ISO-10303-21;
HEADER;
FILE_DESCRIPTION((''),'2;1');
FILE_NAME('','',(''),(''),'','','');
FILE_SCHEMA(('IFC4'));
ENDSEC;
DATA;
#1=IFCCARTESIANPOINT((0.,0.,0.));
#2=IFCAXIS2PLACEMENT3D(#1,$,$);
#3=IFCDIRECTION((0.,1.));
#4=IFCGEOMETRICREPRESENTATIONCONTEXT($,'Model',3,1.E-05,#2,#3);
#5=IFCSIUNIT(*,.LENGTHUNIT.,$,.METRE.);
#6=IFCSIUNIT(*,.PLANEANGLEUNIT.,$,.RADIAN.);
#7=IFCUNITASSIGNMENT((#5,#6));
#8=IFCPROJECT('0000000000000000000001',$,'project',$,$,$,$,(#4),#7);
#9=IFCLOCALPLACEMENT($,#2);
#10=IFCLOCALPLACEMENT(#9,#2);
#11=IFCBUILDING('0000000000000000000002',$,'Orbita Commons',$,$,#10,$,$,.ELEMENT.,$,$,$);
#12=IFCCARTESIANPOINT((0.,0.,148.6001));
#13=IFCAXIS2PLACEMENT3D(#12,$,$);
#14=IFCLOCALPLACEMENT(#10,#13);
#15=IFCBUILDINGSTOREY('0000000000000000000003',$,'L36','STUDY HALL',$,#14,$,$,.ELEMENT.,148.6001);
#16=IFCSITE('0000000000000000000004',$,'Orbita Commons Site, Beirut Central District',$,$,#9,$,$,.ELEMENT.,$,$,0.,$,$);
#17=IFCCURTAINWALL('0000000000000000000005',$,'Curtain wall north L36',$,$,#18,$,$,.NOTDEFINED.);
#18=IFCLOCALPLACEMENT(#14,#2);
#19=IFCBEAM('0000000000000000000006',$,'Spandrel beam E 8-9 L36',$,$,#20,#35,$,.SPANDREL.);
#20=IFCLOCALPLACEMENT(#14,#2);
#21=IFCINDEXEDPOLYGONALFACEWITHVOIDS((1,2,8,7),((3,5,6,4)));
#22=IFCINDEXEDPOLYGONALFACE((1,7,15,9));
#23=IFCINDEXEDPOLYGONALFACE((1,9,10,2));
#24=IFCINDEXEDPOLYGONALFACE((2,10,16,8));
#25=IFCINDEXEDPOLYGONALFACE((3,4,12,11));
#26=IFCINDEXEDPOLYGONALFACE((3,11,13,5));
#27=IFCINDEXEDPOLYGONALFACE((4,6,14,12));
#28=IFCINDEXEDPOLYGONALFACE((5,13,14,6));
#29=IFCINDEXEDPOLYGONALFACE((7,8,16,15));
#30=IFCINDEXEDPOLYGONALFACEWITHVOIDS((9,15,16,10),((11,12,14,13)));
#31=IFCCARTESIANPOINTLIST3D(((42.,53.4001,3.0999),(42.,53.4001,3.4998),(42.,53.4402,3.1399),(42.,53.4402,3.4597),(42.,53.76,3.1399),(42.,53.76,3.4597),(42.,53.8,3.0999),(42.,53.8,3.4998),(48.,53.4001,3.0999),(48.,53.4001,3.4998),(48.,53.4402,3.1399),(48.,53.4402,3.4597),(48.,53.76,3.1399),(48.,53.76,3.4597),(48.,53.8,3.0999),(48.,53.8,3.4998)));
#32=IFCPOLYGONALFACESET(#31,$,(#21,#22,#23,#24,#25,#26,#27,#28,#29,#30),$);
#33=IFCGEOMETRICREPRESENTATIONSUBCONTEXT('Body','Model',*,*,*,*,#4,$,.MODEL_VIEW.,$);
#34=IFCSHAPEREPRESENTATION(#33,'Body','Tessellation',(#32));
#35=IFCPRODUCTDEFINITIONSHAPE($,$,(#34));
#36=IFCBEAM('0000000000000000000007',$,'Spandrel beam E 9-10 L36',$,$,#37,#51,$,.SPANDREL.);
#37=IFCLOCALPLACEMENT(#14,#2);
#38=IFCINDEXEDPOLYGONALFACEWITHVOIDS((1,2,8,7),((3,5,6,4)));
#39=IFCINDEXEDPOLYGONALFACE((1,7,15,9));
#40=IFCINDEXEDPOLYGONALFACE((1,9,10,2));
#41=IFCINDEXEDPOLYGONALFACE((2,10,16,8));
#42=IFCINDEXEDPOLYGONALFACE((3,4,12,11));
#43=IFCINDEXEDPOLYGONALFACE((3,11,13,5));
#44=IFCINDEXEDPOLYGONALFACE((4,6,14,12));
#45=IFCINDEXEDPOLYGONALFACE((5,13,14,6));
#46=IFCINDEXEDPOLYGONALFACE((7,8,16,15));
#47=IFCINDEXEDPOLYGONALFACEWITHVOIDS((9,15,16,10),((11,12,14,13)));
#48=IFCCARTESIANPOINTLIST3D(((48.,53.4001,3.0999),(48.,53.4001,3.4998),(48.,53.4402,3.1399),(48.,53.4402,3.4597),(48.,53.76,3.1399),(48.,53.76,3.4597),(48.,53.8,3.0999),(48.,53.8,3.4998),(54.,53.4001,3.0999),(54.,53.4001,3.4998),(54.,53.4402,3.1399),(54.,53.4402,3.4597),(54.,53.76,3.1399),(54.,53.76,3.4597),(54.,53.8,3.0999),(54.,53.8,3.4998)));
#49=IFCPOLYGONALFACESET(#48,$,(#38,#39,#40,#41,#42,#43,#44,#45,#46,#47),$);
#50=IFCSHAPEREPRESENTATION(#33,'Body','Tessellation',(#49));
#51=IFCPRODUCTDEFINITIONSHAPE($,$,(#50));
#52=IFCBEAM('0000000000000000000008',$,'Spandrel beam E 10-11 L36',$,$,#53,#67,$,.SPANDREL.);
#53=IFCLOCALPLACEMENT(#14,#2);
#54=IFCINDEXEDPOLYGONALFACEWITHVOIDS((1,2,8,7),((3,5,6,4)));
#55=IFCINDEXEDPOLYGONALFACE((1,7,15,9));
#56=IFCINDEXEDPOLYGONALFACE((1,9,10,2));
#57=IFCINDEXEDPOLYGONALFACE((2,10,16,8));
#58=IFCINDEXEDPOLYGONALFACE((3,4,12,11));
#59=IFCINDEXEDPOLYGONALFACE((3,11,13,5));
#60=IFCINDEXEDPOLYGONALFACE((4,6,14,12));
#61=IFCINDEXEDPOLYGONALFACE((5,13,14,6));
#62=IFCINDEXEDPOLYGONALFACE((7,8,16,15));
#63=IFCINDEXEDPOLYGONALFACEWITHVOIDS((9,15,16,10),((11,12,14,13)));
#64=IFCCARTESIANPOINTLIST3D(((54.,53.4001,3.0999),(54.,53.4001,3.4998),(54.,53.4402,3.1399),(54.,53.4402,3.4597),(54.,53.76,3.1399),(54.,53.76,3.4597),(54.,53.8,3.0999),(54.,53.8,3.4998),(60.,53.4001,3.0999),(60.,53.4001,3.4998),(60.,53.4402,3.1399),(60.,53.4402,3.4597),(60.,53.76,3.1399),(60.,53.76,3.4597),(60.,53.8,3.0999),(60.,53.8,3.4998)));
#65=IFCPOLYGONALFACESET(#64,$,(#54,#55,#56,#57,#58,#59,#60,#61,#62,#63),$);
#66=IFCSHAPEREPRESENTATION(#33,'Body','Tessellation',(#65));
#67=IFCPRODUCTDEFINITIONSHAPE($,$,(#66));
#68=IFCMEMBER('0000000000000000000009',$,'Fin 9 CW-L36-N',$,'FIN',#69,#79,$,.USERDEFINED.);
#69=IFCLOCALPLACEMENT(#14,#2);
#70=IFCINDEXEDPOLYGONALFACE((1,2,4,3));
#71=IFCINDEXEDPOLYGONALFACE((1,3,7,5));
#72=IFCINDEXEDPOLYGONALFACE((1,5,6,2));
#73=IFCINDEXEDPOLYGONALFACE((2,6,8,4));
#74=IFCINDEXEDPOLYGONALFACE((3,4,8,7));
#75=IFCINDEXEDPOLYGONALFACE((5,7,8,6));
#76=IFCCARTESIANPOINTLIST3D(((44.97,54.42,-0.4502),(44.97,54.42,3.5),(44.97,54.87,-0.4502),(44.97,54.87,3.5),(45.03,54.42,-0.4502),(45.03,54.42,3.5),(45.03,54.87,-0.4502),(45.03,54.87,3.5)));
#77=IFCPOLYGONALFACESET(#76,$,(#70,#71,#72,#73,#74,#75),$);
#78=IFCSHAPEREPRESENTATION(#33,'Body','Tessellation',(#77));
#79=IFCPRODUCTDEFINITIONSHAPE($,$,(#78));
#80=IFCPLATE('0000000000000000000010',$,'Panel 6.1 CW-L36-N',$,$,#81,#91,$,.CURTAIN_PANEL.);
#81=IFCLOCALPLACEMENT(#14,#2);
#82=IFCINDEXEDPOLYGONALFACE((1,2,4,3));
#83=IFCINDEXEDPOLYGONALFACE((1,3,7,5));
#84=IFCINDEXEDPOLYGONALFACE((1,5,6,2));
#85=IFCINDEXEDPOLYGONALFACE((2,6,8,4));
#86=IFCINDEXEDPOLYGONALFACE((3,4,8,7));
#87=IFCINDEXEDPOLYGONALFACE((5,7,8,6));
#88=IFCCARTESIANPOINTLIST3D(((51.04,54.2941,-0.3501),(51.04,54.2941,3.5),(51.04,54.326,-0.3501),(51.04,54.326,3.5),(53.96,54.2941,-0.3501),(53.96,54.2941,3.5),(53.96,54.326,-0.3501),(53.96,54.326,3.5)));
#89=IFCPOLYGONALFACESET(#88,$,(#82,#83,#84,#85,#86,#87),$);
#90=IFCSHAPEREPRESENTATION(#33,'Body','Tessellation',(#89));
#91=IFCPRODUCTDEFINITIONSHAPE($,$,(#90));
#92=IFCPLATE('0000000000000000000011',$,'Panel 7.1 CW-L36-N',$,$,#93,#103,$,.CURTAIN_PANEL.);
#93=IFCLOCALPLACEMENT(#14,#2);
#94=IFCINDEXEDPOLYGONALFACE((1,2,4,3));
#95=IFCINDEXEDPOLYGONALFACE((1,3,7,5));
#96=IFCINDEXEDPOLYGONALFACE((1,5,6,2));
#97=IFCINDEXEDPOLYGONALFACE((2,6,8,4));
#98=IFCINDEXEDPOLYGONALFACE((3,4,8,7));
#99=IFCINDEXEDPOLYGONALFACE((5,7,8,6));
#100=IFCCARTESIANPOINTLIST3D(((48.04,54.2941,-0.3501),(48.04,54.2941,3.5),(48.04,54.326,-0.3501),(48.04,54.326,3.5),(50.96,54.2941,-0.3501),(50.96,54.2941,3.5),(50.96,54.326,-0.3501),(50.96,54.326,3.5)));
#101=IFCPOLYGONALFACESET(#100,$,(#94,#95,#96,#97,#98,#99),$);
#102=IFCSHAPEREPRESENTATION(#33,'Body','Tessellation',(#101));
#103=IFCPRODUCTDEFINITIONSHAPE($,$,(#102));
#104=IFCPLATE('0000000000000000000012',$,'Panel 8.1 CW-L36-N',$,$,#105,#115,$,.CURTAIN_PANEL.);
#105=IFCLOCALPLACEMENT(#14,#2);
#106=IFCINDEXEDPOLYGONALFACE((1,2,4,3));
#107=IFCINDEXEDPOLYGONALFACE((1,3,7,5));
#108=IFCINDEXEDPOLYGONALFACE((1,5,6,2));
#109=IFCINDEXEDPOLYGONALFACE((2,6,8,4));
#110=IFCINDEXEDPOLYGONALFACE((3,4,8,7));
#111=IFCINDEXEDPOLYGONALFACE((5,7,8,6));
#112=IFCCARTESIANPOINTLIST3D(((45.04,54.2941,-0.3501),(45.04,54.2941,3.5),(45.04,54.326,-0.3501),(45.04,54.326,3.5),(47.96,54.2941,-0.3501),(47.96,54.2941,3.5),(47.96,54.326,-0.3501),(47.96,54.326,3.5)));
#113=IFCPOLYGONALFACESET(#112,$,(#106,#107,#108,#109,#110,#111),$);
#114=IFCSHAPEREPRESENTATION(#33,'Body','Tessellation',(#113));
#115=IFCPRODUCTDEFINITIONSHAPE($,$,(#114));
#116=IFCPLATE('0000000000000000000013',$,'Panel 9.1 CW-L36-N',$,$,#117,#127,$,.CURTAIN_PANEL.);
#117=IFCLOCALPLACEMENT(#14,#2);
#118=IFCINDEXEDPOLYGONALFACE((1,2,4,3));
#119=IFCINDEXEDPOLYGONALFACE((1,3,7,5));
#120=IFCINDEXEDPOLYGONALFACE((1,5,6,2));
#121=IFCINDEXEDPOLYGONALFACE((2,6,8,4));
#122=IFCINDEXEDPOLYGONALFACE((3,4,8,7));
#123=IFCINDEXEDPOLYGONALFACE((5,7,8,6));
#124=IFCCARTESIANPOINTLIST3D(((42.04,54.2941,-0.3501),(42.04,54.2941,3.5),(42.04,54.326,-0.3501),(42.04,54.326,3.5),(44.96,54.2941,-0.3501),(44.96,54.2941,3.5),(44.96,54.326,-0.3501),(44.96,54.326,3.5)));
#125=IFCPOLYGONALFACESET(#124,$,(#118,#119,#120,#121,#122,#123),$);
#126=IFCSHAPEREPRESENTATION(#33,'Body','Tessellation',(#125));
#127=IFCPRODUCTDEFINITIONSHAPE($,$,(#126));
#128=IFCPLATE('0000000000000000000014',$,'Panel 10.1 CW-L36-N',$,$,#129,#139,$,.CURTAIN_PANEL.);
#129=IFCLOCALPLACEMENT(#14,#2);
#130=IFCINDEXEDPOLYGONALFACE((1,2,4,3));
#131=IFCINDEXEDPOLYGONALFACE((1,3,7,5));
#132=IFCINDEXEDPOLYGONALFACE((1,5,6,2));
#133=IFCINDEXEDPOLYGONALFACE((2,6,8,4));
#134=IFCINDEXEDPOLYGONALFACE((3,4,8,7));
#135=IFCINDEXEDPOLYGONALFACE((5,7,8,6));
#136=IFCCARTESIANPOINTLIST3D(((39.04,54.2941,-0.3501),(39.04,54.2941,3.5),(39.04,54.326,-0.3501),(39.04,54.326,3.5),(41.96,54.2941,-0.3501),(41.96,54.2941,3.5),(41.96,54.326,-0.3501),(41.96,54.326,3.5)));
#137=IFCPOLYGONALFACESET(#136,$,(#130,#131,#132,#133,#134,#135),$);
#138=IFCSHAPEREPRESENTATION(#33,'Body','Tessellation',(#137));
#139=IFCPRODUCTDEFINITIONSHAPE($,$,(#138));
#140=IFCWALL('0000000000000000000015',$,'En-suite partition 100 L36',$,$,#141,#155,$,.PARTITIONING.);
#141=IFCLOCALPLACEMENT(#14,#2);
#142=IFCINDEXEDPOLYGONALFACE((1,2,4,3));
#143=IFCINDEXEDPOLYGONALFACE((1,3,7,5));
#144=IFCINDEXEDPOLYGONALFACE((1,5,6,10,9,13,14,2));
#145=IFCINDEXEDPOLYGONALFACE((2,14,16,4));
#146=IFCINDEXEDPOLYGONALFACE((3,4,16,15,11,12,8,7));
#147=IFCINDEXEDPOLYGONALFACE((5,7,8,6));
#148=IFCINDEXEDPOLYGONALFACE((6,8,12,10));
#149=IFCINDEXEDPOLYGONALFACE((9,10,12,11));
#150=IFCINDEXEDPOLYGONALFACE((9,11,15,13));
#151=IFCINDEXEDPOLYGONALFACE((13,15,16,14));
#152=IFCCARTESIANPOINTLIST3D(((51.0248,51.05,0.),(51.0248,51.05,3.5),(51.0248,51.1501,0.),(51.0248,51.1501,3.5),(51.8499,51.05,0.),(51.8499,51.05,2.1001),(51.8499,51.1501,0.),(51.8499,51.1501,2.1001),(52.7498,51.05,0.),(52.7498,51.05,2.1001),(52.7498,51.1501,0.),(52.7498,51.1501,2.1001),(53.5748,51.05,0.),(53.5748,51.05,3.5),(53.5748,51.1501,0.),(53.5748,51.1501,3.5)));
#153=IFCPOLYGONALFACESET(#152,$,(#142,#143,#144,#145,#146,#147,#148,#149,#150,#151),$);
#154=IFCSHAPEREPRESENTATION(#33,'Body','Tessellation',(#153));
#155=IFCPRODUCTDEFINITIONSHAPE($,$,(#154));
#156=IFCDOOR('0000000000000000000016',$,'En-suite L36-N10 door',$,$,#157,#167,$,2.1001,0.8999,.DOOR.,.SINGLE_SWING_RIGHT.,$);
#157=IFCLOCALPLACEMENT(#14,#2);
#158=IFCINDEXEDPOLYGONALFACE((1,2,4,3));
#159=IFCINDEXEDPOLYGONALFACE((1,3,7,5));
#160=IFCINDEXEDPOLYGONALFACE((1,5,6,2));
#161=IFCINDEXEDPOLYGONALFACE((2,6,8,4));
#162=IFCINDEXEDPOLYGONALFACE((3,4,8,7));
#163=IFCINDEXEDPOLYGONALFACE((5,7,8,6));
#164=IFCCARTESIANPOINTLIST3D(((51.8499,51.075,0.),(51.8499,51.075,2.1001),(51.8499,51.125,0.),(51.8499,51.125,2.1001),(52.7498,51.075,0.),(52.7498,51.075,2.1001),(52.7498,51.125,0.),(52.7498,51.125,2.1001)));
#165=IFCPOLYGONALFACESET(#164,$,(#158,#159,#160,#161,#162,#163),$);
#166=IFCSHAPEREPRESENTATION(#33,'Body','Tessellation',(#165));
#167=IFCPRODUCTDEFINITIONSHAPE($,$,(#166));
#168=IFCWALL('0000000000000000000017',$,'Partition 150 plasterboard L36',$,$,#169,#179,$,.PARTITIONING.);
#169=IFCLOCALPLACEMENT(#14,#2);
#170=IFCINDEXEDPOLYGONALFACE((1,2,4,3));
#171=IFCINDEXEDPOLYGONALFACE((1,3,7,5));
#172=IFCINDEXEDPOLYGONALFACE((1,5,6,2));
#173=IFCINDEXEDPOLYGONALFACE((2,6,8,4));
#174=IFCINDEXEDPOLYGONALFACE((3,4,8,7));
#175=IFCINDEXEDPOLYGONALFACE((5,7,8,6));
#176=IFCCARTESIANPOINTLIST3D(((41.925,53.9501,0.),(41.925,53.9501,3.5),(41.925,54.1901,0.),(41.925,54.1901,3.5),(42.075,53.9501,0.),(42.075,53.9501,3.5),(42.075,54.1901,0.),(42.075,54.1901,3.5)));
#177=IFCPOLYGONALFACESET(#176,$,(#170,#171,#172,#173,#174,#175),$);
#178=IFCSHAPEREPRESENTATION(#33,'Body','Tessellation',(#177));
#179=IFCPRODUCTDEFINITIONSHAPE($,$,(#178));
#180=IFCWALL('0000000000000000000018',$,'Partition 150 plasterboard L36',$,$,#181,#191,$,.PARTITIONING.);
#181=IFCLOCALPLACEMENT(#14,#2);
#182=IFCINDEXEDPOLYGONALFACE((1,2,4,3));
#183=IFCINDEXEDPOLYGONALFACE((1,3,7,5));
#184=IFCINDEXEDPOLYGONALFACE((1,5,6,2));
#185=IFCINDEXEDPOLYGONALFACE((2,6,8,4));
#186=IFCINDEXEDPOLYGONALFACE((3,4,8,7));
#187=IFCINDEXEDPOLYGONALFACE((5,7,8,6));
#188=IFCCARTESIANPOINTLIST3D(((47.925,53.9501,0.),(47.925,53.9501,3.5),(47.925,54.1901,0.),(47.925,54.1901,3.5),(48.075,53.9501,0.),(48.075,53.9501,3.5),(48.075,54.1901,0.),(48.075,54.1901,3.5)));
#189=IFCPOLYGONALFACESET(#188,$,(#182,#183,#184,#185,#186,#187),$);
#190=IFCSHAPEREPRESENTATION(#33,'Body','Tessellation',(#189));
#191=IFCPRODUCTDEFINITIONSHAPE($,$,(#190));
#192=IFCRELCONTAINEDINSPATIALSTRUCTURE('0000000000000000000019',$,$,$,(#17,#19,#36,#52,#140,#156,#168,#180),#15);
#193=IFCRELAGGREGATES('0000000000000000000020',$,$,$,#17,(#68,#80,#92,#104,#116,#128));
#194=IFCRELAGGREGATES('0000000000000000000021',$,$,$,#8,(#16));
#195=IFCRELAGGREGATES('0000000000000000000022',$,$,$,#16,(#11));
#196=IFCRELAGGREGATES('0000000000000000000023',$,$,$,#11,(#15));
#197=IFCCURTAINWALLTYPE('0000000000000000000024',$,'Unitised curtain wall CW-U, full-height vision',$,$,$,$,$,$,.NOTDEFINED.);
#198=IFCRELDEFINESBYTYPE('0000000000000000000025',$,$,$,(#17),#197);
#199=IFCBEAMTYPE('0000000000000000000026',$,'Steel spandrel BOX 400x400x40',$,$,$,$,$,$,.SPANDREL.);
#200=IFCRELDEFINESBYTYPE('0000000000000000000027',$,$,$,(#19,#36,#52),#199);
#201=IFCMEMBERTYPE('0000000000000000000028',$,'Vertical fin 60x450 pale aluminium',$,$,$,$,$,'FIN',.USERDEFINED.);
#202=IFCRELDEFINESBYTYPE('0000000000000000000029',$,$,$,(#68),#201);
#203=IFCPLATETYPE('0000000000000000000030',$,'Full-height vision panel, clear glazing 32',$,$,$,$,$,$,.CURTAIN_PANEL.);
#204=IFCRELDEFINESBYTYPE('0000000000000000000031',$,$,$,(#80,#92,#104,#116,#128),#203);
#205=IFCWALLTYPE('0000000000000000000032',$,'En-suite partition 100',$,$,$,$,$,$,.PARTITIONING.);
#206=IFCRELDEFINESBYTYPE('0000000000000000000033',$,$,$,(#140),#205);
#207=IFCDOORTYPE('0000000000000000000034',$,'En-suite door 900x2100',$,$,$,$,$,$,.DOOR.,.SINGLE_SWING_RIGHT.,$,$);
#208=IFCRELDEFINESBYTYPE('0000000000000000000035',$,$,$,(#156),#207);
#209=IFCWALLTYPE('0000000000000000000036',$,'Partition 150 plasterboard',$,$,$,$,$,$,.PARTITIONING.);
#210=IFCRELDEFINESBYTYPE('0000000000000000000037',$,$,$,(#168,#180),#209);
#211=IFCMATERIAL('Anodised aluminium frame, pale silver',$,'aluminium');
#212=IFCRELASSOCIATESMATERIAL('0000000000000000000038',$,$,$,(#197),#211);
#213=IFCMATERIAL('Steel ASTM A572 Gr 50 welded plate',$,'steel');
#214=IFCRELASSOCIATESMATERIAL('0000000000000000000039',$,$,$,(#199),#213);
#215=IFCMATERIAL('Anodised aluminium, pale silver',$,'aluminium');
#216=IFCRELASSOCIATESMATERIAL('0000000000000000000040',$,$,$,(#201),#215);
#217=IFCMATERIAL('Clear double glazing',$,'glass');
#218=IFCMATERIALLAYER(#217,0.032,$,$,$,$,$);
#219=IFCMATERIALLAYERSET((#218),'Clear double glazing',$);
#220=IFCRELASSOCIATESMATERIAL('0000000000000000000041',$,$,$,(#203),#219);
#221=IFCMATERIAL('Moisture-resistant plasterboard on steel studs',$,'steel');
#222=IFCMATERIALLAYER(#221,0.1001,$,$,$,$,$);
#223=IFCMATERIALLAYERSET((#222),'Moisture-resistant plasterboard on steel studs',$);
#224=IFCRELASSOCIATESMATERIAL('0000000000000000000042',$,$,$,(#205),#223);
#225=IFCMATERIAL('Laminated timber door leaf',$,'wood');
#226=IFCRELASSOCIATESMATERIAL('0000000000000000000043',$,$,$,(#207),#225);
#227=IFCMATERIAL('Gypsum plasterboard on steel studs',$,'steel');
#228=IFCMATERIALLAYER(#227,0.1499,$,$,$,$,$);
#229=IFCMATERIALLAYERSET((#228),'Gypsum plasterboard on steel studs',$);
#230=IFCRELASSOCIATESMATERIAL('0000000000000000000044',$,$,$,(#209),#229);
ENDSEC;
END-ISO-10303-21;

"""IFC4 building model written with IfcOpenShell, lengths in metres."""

from ifc_helpers import new_model, si_unit, direction, frame, frame_2d, origin, origin_2d, place, context, subcontext, project, spatial, rectangle, hollow_rectangle, extrude, material, layer, layer_set, material_profile, profile_set, type_object, element, fill, aggregate, save


model = new_model("IFC4")

# Units and contexts
model_context = context("Model", 3, precision=1e-05, world=origin(), true_north=direction((0.0, 1.0)))
body_context = subcontext(model_context, "Body", "Model", "MODEL_VIEW")
ifc_project = project(units=[si_unit("LENGTHUNIT", "METRE"), si_unit("PLANEANGLEUNIT", "RADIAN")], contexts=[model_context])

# Site, building, storey
site_placement = place(None, origin())
site = spatial("IfcSite", under=ifc_project, at=site_placement, Name="Orbita Commons Site, Beirut Central District", CompositionType="ELEMENT", RefElevation=0.0)
building_placement = place(site_placement, origin())
building = spatial("IfcBuilding", under=site, at=building_placement, Name="Orbita Commons", CompositionType="ELEMENT")
storey_placement = place(building_placement, frame((0.0, 0.0, 148.6001)))
storey = spatial("IfcBuildingStorey", under=building, at=storey_placement, Name="L36", Description="STUDY HALL", CompositionType="ELEMENT", Elevation=148.6001)

# Curtain wall
ifc_material_1 = material(Name="Anodised aluminium frame, pale silver", Category="aluminium")
curtain_wall_type = type_object("IfcCurtainWallType", Name="Unitised curtain wall CW-U, full-height vision", PredefinedType="NOTDEFINED", material=ifc_material_1)
curtain_wall_placement = place(storey_placement, origin())
curtain_wall = element("IfcCurtainWall", 1, at=curtain_wall_placement, inside=storey, type_object=curtain_wall_type, Name="Curtain wall north L36", PredefinedType="NOTDEFINED")

# Beams
ifc_material_2 = material(Name="Steel ASTM A572 Gr 50 welded plate", Category="steel")
ifc_material_profile_1 = material_profile(ifc_material_2, hollow_rectangle(XDim=0.3999, YDim=0.3999, WallThickness=0.04, at=origin_2d()), Name="BOX 400x400x40")
ifc_profile_set_1 = profile_set([ifc_material_profile_1], Name="Steel ASTM A572 Gr 50 welded plate")
beam_type = type_object("IfcBeamType", Name="Steel spandrel BOX 400x400x40", PredefinedType="SPANDREL", material=ifc_profile_set_1)
for number, where, z_axis, x_axis, name in (
    (2, (42.0, 53.6001, 3.2998), (1.0, 0.0, 0.0), (0.0, 1.0, 0.0), "Spandrel beam E 8-9 L36"),
    (3, (48.0, 53.6001, 3.2998), (1.0, 0.0, 0.0), (0.0, 1.0, 0.0), "Spandrel beam E 9-10 L36"),
    (4, (54.0, 53.6001, 3.2998), (1.0, 0.0, 0.0), (0.0, 1.0, 0.0), "Spandrel beam E 10-11 L36"),
):
    element("IfcBeam", number, at=place(storey_placement, frame(where, z_axis=z_axis, x_axis=x_axis)), inside=storey, type_object=beam_type, Name=name, PredefinedType="SPANDREL", context=body_context, shape_type="SweptSolid", body=[
        extrude(hollow_rectangle(XDim=0.3999, YDim=0.3999, WallThickness=0.04, at=origin_2d()), origin(), (0.0, 0.0, 1.0), 6.0),
    ])

# Member
ifc_material_3 = material(Name="Anodised aluminium, pale silver", Category="aluminium")
ifc_material_profile_2 = material_profile(ifc_material_3, rectangle(XDim=0.0601, YDim=0.45, at=origin_2d()), Name="FIN 60x450")
ifc_profile_set_2 = profile_set([ifc_material_profile_2], Name="Anodised aluminium, pale silver")
member_type_1 = type_object("IfcMemberType", Name="Vertical fin 60x450 pale aluminium", ElementType="FIN", PredefinedType="USERDEFINED", material=ifc_profile_set_2)
member_1_placement = place(storey_placement, frame((45.0, 54.645, -0.4502), z_axis=(0.0, 0.0, 1.0), x_axis=(-1.0, 0.0, 0.0)))
member_1 = element("IfcMember", 5, at=member_1_placement, type_object=member_type_1, Name="Fin 9 CW-L36-N", ObjectType="FIN", PredefinedType="USERDEFINED", context=body_context, shape_type="SweptSolid", body=[
    extrude(rectangle(XDim=0.0601, YDim=0.45, at=origin_2d()), origin(), (0.0, 0.0, 1.0), 3.9502),
])

# Plates
ifc_material_4 = material(Name="Clear double glazing", Category="glass")
ifc_layer_1 = layer(ifc_material_4, 0.032)
ifc_layer_set_1 = layer_set([ifc_layer_1], Name="Clear double glazing")
plate_type = type_object("IfcPlateType", Name="Full-height vision panel, clear glazing 32", PredefinedType="CURTAIN_PANEL", material=ifc_layer_set_1)
plate_1_placement = place(storey_placement, frame((52.5, 54.3101, -0.3501), z_axis=(0.0, 0.0, 1.0), x_axis=(-1.0, 0.0, 0.0)))
plate_1 = element("IfcPlate", 6, at=plate_1_placement, type_object=plate_type, Name="Panel 6.1 CW-L36-N", PredefinedType="CURTAIN_PANEL", context=body_context, shape_type="SweptSolid", body=[
    extrude(rectangle(XDim=2.9199, YDim=0.032, at=origin_2d()), origin(), (0.0, 0.0, 1.0), 3.8501),
])
plate_2_placement = place(storey_placement, frame((49.5, 54.3101, -0.3501), z_axis=(0.0, 0.0, 1.0), x_axis=(-1.0, 0.0, 0.0)))
plate_2 = element("IfcPlate", 7, at=plate_2_placement, type_object=plate_type, Name="Panel 7.1 CW-L36-N", PredefinedType="CURTAIN_PANEL", context=body_context, shape_type="SweptSolid", body=[
    extrude(rectangle(XDim=2.9199, YDim=0.032, at=origin_2d()), origin(), (0.0, 0.0, 1.0), 3.8501),
])
plate_3_placement = place(storey_placement, frame((46.5, 54.3101, -0.3501), z_axis=(0.0, 0.0, 1.0), x_axis=(-1.0, 0.0, 0.0)))
plate_3 = element("IfcPlate", 8, at=plate_3_placement, type_object=plate_type, Name="Panel 8.1 CW-L36-N", PredefinedType="CURTAIN_PANEL", context=body_context, shape_type="SweptSolid", body=[
    extrude(rectangle(XDim=2.9199, YDim=0.032, at=origin_2d()), origin(), (0.0, 0.0, 1.0), 3.8501),
])
plate_4_placement = place(storey_placement, frame((43.5, 54.3101, -0.3501), z_axis=(0.0, 0.0, 1.0), x_axis=(-1.0, 0.0, 0.0)))
plate_4 = element("IfcPlate", 9, at=plate_4_placement, type_object=plate_type, Name="Panel 9.1 CW-L36-N", PredefinedType="CURTAIN_PANEL", context=body_context, shape_type="SweptSolid", body=[
    extrude(rectangle(XDim=2.9199, YDim=0.032, at=origin_2d()), origin(), (0.0, 0.0, 1.0), 3.8501),
])
plate_5_placement = place(storey_placement, frame((40.5, 54.3101, -0.3501), z_axis=(0.0, 0.0, 1.0), x_axis=(-1.0, 0.0, 0.0)))
plate_5 = element("IfcPlate", 10, at=plate_5_placement, type_object=plate_type, Name="Panel 10.1 CW-L36-N", PredefinedType="CURTAIN_PANEL", context=body_context, shape_type="SweptSolid", body=[
    extrude(rectangle(XDim=2.9199, YDim=0.032, at=origin_2d()), origin(), (0.0, 0.0, 1.0), 3.8501),
])
aggregate(curtain_wall, [member_1, plate_1, plate_2, plate_3, plate_4, plate_5])

# Wall, opening, door
ifc_material_5 = material(Name="Moisture-resistant plasterboard on steel studs", Category="steel")
ifc_layer_2 = layer(ifc_material_5, 0.1001)
ifc_layer_set_2 = layer_set([ifc_layer_2], Name="Moisture-resistant plasterboard on steel studs")
wall_type_1 = type_object("IfcWallType", Name="En-suite partition 100", PredefinedType="PARTITIONING", material=ifc_layer_set_2)
wall_placement = place(storey_placement, frame((51.0249, 51.1001, 0.0), z_axis=(0.0, 0.0, 1.0), x_axis=(1.0, 0.0, 0.0)))
wall = element("IfcWall", 11, at=wall_placement, inside=storey, type_object=wall_type_1, Name="En-suite partition 100 L36", PredefinedType="PARTITIONING", context=body_context, shape_type="SweptSolid", body=[
    extrude(rectangle(XDim=2.55, YDim=0.1001, at=frame_2d((1.2749, 0.0))), origin(), (0.0, 0.0, 1.0), 3.5),
])
opening_placement = place(wall_placement, frame((0.825, 0.0, 0.0)))
opening = element("IfcOpeningElement", 12, at=opening_placement, cuts=wall, PredefinedType="OPENING", context=body_context, shape_type="SweptSolid", body=[
    extrude(rectangle(XDim=0.8999, YDim=2.1001, at=frame_2d((0.45, 1.05))), frame((0.0, 0.0601, 0.0), z_axis=(0.0, -1.0, 0.0), x_axis=(1.0, 0.0, 0.0)), (0.0, 0.0, 1.0), 0.1201),
])
ifc_material_6 = material(Name="Laminated timber door leaf", Category="wood")
door_type = type_object("IfcDoorType", Name="En-suite door 900x2100", OperationType="SINGLE_SWING_RIGHT", PredefinedType="DOOR", material=ifc_material_6)
door_placement = place(opening_placement, origin())
door = element("IfcDoor", 13, at=door_placement, inside=storey, type_object=door_type, Name="En-suite L36-N10 door", OperationType="SINGLE_SWING_RIGHT", OverallHeight=2.1001, OverallWidth=0.8999, PredefinedType="DOOR", context=body_context, shape_type="SweptSolid", body=[
    extrude(rectangle(XDim=0.8999, YDim=2.1001, at=frame_2d((0.45, 1.05))), frame((0.0, 0.0249, 0.0), z_axis=(0.0, -1.0, 0.0), x_axis=(1.0, 0.0, 0.0)), (0.0, 0.0, 1.0), 0.05),
])
fill(opening, door)

# Walls
ifc_material_7 = material(Name="Gypsum plasterboard on steel studs", Category="steel")
ifc_layer_3 = layer(ifc_material_7, 0.1499)
ifc_layer_set_3 = layer_set([ifc_layer_3], Name="Gypsum plasterboard on steel studs")
wall_type_2 = type_object("IfcWallType", Name="Partition 150 plasterboard", PredefinedType="PARTITIONING", material=ifc_layer_set_3)
for number, where, z_axis, x_axis, name in (
    (14, (42.0, 53.95, 0.0), (0.0, 0.0, 1.0), (0.0, 1.0, 0.0), "Partition 150 plasterboard L36"),
    (15, (48.0, 53.95, 0.0), (0.0, 0.0, 1.0), (0.0, 1.0, 0.0), "Partition 150 plasterboard L36"),
):
    element("IfcWall", number, at=place(storey_placement, frame(where, z_axis=z_axis, x_axis=x_axis)), inside=storey, type_object=wall_type_2, Name=name, PredefinedType="PARTITIONING", context=body_context, shape_type="SweptSolid", body=[
        extrude(rectangle(XDim=0.24, YDim=0.1499, at=frame_2d((0.1201, 0.0))), origin(), (0.0, 0.0, 1.0), 3.5),
    ])

save(model, "model.ifc")
